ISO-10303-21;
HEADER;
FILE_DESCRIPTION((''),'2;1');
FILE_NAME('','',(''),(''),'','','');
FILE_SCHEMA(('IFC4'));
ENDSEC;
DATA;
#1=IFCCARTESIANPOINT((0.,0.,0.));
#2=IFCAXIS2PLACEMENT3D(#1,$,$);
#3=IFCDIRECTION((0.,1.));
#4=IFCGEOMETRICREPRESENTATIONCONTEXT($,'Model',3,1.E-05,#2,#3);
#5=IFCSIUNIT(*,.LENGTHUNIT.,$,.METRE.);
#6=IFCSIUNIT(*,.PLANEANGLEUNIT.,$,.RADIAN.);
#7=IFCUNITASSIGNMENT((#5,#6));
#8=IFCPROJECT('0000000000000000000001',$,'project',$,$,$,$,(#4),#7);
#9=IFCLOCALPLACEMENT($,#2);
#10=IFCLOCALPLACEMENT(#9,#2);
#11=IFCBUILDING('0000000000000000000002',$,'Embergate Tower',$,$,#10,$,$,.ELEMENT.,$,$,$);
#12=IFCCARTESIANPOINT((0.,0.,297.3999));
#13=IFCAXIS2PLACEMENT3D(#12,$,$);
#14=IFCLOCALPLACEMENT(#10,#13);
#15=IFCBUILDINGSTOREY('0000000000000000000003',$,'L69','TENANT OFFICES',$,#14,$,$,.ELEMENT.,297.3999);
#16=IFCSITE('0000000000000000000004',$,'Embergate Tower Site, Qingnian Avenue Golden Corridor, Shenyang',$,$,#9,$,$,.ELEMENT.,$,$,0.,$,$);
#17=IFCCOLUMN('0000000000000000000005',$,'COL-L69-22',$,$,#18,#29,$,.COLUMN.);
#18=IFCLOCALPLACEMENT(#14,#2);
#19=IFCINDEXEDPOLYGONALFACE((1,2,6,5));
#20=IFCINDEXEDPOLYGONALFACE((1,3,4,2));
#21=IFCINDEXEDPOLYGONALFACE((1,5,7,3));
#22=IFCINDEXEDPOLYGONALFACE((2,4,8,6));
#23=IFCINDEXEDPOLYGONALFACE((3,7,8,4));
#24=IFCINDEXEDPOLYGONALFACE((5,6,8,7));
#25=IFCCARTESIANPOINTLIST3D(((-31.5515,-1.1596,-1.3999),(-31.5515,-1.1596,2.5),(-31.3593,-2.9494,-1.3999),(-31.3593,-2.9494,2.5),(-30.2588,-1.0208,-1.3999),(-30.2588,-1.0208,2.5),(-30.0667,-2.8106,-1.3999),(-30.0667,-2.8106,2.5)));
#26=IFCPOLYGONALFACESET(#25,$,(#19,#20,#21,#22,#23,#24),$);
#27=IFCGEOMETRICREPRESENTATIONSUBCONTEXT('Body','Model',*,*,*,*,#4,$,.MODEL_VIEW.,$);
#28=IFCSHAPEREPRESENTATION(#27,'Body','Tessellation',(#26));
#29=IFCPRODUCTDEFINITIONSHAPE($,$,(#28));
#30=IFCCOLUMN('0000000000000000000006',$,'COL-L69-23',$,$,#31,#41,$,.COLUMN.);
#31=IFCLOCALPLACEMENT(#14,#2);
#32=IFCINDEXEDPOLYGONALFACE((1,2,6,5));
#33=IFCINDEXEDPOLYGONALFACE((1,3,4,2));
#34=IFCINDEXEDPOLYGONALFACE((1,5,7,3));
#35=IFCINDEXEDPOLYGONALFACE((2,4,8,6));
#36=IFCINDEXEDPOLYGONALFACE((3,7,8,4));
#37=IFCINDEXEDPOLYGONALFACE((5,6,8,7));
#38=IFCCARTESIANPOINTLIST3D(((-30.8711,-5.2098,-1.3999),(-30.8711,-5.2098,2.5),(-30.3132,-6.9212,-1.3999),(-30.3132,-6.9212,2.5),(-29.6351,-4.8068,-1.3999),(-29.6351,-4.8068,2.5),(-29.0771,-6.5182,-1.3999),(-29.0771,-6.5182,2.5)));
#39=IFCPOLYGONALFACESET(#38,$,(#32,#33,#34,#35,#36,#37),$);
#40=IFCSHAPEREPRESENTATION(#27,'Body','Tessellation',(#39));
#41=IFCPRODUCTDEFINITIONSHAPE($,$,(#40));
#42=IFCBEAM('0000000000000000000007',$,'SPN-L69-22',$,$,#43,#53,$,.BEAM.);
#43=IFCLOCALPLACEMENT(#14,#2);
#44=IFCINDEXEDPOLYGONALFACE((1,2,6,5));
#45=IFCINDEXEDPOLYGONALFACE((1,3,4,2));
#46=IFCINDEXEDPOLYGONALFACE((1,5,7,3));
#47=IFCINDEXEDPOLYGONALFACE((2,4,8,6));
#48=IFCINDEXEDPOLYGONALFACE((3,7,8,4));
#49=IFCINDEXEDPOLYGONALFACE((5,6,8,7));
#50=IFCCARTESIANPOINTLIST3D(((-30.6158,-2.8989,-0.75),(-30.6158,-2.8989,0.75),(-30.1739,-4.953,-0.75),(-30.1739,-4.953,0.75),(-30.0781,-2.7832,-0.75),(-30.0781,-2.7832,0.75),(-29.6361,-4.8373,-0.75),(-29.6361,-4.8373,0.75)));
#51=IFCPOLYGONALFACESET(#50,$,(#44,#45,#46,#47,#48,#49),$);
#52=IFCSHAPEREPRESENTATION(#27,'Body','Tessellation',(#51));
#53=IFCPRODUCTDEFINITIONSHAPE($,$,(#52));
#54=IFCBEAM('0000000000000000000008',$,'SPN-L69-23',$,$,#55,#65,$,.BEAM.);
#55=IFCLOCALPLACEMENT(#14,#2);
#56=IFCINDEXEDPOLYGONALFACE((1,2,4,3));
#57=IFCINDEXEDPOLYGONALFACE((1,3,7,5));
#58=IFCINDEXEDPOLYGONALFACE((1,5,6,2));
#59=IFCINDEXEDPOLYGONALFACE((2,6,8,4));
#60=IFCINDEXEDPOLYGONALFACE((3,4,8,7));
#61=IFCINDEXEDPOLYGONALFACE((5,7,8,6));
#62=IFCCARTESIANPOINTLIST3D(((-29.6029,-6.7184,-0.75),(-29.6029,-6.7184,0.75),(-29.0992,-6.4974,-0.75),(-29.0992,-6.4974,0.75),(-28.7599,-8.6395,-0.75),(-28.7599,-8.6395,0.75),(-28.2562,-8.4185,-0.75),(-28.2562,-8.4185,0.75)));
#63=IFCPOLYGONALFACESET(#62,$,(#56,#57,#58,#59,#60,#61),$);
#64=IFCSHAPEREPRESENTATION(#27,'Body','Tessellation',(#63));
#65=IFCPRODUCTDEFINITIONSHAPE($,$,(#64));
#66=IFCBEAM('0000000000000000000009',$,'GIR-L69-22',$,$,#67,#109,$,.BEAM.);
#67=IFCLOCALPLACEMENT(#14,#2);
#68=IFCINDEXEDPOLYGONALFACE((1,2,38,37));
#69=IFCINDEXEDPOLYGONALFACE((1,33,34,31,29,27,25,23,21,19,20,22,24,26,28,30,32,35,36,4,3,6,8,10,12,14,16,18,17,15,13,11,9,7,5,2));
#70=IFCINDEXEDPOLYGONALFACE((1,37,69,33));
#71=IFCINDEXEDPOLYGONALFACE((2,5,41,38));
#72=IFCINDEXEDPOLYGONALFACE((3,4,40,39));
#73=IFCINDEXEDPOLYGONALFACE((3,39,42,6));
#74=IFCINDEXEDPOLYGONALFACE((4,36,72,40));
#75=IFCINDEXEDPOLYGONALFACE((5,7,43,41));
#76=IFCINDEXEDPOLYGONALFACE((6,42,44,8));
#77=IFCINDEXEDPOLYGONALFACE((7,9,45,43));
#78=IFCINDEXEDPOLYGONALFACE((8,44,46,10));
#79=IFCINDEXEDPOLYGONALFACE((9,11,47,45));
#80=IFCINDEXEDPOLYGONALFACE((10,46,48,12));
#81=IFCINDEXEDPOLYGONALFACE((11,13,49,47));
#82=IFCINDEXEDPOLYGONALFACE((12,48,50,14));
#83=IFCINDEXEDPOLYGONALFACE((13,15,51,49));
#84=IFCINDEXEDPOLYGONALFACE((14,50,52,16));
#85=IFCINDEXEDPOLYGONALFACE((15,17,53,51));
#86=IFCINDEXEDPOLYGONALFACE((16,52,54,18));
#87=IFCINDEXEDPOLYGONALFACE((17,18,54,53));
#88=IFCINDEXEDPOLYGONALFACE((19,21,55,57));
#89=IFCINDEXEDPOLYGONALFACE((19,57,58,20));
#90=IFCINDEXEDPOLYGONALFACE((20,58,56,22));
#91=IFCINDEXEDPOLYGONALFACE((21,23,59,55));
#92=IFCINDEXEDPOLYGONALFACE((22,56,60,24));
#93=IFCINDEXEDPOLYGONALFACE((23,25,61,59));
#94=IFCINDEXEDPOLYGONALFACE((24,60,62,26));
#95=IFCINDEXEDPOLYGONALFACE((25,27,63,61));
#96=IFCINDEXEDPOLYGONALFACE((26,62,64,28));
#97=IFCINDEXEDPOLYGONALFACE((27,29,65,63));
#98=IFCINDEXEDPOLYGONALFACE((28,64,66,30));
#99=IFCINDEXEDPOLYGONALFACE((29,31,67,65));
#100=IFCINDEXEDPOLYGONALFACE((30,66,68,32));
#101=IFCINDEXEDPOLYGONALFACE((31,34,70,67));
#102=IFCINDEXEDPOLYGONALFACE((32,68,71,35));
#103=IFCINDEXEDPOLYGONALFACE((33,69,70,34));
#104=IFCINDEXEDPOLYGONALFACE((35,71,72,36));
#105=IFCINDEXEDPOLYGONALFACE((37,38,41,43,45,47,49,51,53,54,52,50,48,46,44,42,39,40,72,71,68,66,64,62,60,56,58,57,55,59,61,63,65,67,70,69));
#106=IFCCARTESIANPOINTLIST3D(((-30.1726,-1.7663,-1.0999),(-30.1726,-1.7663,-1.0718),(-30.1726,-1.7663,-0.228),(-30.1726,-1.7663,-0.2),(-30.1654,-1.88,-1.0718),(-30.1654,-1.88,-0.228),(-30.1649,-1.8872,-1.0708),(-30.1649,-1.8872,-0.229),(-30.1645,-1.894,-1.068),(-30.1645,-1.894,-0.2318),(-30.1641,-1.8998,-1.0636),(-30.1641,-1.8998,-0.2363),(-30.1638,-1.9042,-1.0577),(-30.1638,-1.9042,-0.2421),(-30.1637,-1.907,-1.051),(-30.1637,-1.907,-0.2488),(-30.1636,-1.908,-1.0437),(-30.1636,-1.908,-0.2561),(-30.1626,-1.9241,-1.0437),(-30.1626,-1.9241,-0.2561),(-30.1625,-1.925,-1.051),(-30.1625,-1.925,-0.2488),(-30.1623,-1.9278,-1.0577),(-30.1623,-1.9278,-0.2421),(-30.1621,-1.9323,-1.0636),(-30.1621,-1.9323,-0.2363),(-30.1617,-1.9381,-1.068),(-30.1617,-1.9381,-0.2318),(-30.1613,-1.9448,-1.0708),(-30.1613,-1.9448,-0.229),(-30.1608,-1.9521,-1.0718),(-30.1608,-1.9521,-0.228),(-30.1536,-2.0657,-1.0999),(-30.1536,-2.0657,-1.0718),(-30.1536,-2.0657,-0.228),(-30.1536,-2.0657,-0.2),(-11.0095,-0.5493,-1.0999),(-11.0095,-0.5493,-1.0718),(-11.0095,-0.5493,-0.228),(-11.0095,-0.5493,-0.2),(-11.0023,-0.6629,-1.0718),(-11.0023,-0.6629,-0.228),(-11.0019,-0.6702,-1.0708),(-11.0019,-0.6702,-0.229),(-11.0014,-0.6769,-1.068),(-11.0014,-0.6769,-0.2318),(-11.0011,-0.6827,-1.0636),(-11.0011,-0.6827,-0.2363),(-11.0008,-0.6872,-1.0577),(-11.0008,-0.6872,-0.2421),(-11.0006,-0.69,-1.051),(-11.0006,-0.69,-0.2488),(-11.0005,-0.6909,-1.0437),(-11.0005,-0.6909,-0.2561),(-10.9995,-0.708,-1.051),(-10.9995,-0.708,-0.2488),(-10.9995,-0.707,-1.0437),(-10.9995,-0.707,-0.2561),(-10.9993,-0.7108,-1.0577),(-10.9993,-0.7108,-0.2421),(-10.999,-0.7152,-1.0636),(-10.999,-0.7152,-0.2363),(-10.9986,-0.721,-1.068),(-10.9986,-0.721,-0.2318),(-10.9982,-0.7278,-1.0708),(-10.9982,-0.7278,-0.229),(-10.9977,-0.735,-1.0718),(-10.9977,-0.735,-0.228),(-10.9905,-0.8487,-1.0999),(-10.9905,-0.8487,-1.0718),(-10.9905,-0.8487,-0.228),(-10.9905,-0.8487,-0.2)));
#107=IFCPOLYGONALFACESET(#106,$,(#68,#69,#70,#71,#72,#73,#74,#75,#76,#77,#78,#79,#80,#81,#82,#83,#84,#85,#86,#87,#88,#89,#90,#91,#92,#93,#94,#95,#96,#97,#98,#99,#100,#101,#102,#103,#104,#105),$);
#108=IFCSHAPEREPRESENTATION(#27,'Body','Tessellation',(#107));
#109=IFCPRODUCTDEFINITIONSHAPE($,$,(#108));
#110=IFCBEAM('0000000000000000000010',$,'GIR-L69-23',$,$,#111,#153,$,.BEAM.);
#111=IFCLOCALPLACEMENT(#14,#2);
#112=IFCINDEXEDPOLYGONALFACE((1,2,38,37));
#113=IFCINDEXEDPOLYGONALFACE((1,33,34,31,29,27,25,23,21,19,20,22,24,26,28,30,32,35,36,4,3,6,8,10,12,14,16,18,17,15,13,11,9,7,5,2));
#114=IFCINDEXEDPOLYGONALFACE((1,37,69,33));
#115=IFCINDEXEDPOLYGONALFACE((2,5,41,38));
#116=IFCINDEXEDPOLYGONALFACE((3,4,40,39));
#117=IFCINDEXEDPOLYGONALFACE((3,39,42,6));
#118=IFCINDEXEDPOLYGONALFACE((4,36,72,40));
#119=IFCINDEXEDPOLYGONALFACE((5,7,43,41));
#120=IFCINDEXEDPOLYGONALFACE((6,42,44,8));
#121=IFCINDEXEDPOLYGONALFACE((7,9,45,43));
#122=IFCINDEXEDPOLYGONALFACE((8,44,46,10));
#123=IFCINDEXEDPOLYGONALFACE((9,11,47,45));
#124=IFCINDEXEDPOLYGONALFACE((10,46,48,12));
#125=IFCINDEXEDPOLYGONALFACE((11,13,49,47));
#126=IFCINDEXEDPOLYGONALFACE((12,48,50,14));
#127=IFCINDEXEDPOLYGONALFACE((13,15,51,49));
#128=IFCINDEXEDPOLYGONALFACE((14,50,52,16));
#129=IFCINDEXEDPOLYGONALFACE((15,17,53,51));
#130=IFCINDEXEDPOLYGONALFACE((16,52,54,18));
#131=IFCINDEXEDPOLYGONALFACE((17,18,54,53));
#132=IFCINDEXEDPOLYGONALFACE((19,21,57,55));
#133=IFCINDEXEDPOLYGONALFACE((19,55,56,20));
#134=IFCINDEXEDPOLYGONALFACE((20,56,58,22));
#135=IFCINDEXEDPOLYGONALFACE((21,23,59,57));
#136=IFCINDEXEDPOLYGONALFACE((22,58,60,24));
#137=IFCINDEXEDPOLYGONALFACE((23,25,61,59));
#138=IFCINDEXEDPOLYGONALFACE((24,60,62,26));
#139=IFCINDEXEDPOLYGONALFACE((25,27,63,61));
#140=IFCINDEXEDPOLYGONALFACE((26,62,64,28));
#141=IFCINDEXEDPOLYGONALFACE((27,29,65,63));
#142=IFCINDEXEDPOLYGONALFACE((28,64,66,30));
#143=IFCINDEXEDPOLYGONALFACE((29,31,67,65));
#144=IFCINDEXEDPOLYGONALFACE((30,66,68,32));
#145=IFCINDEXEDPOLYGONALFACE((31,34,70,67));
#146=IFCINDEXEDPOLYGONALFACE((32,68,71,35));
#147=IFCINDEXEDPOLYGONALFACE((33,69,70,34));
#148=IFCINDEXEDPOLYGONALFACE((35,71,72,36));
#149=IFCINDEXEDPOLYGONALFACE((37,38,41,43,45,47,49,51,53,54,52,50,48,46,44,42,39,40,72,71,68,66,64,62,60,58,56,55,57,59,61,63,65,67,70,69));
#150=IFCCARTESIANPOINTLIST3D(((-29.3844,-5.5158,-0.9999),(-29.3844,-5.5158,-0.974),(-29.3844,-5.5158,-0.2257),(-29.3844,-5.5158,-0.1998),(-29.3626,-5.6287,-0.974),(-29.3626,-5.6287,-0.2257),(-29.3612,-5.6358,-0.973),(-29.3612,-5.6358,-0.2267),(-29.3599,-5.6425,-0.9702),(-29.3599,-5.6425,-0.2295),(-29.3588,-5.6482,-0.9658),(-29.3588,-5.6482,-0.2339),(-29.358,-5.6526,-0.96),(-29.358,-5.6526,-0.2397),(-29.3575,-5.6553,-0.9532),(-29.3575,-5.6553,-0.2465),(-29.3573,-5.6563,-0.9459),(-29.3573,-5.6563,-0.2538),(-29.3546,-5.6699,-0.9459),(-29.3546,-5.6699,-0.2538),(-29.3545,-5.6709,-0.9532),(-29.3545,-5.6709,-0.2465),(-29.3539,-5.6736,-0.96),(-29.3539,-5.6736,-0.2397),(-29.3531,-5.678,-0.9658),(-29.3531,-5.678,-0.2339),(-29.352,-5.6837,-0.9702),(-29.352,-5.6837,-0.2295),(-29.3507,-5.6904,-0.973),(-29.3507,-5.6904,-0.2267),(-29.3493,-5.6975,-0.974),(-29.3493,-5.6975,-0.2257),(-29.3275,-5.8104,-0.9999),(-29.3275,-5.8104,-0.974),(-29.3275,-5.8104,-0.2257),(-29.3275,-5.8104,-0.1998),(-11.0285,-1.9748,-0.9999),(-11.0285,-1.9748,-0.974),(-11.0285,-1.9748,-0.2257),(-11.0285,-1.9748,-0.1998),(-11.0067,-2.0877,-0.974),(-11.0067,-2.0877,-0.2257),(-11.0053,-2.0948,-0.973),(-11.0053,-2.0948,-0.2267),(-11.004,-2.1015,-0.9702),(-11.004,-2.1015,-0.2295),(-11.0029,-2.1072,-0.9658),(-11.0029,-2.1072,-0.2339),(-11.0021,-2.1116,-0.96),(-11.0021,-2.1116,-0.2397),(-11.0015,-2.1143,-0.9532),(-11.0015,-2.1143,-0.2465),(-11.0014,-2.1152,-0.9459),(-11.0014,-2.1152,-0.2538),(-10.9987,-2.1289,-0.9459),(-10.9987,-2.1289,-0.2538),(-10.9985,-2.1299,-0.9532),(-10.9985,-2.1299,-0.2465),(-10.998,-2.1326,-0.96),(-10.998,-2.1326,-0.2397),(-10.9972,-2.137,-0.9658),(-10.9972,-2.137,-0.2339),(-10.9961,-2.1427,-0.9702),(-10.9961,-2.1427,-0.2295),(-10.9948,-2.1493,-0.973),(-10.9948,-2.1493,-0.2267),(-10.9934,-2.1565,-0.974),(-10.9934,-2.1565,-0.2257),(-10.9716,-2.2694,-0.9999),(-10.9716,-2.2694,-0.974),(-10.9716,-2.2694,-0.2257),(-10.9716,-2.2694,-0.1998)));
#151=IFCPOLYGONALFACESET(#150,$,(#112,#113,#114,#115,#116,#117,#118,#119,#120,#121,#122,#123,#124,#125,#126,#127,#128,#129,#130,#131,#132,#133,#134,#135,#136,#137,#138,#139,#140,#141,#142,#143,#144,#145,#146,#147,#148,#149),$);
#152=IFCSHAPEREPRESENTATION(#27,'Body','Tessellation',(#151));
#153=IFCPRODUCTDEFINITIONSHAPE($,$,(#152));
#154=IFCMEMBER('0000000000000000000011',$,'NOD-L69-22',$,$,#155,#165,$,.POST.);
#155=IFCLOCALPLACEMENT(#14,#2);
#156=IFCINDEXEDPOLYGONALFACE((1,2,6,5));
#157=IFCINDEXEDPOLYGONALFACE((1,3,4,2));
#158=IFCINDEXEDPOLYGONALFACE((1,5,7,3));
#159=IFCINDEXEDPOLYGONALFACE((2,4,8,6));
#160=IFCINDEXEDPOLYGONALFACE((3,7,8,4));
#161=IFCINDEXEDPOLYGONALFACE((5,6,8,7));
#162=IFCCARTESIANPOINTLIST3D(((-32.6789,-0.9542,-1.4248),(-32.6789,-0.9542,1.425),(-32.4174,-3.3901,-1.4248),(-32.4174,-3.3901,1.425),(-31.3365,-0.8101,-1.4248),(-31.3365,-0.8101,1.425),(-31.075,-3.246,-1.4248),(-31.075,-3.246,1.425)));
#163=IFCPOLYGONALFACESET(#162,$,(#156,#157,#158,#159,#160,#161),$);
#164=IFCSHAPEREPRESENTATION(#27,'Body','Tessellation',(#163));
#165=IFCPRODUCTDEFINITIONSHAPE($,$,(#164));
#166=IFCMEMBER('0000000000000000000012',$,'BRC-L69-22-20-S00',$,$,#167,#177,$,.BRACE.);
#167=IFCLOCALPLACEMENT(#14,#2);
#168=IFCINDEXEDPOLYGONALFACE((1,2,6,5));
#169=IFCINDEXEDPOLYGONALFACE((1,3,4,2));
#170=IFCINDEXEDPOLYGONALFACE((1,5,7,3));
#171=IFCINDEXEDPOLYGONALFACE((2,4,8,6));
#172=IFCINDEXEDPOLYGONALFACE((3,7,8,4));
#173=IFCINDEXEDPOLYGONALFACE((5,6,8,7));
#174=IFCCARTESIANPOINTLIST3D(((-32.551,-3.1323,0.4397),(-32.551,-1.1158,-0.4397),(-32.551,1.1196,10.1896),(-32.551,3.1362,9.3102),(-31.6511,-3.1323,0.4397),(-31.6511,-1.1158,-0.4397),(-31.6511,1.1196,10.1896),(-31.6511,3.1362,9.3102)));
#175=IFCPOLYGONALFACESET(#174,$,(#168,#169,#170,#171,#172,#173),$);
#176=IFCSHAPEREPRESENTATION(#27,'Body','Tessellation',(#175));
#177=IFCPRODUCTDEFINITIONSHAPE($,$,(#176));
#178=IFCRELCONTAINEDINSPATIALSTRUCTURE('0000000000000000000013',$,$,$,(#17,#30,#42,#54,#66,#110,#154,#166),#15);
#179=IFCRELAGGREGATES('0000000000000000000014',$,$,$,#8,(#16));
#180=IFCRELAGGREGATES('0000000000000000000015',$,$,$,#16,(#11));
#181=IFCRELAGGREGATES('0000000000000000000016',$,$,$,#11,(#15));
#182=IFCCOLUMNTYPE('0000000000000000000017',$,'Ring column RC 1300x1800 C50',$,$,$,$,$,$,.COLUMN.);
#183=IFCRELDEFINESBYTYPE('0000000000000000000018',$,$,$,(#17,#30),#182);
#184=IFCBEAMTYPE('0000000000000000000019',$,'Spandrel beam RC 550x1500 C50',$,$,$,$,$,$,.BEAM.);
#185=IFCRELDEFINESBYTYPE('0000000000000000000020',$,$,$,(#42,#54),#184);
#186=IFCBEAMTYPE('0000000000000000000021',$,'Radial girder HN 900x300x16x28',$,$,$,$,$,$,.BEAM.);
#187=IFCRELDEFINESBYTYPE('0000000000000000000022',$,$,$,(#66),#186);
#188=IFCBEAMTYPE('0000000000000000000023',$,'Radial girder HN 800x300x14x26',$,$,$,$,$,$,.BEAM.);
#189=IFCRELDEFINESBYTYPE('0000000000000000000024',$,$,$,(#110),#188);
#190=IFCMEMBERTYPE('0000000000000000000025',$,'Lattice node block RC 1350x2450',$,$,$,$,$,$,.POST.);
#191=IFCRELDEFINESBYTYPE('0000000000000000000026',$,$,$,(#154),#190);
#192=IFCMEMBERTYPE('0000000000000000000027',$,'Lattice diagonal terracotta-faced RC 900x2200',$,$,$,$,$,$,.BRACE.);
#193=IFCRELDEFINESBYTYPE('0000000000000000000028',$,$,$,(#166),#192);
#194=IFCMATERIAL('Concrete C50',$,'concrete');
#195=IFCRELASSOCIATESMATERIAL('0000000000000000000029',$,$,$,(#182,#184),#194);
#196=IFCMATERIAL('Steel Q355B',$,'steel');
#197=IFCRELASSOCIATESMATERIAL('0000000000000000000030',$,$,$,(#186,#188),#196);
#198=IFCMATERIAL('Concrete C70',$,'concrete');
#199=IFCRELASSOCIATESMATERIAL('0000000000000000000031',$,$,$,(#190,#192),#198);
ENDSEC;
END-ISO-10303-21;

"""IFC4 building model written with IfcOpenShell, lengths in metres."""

from ifc_helpers import new_model, si_unit, direction, frame, origin, origin_2d, place, context, subcontext, project, spatial, rectangle, i_section, extrude, source, transform, mapped, material, material_profile, profile_set, type_object, element, save


model = new_model("IFC4")

# Units and contexts
model_context = context("Model", 3, precision=1e-05, world=origin(), true_north=direction((0.0, 1.0)))
body_context = subcontext(model_context, "Body", "Model", "MODEL_VIEW")
ifc_project = project(units=[si_unit("LENGTHUNIT", "METRE"), si_unit("PLANEANGLEUNIT", "RADIAN")], contexts=[model_context])

# Site, building, storey
site_placement = place(None, origin())
site = spatial("IfcSite", under=ifc_project, at=site_placement, Name="Embergate Tower Site, Qingnian Avenue Golden Corridor, Shenyang", CompositionType="ELEMENT", RefElevation=0.0)
building_placement = place(site_placement, origin())
building = spatial("IfcBuilding", under=site, at=building_placement, Name="Embergate Tower", CompositionType="ELEMENT")
storey_placement = place(building_placement, frame((0.0, 0.0, 297.3999)))
storey = spatial("IfcBuildingStorey", under=building, at=storey_placement, Name="L69", Description="TENANT OFFICES", CompositionType="ELEMENT", Elevation=297.3999)

# Columns
ifc_material_1 = material(Name="Concrete C50", Category="concrete")
ifc_material_profile_1 = material_profile(ifc_material_1, rectangle(XDim=1.3, YDim=1.8, at=origin_2d()), Name="RC 1300x1800")
ifc_profile_set_1 = profile_set([ifc_material_profile_1], Name="Concrete C50")
column_type = type_object("IfcColumnType", Name="Ring column RC 1300x1800 C50", PredefinedType="COLUMN", material=ifc_profile_set_1)
shared_shape_1 = source(origin(), body_context, "Body", "SweptSolid", [
    extrude(rectangle(XDim=1.3, YDim=1.8, at=origin_2d()), origin(), (0.0, 0.0, 1.0), 3.8999),
])
for number, where, z_axis, x_axis, name in (
    (1, (-30.8091, -1.9851, -1.3999), (0.0, 0.0, 1.0), (-0.994286, -0.10675, 0.0), "COL-L69-22"),
    (2, (-29.9741, -5.864, -1.3999), (0.0, 0.0, 1.0), (-0.950754, -0.309946, 0.0), "COL-L69-23"),
):
    element("IfcColumn", number, at=place(storey_placement, frame(where, z_axis=z_axis, x_axis=x_axis)), inside=storey, type_object=column_type, Name=name, PredefinedType="COLUMN", context=body_context, shape_type="MappedRepresentation", body=[
        mapped(shared_shape_1, transform((0.0, 0.0, 0.0))),
    ])

# Beams
ifc_material_profile_2 = material_profile(ifc_material_1, rectangle(XDim=0.55, YDim=1.5, at=origin_2d()), Name="RC 550x1500")
ifc_profile_set_2 = profile_set([ifc_material_profile_2], Name="Concrete C50")
beam_type_1 = type_object("IfcBeamType", Name="Spandrel beam RC 550x1500 C50", PredefinedType="BEAM", material=ifc_profile_set_2)
shared_shape_2 = source(origin(), body_context, "Body", "SweptSolid", [
    extrude(rectangle(XDim=0.55, YDim=1.5, at=origin_2d()), origin(), (0.0, 0.0, 1.0), 2.1011),
])
beam_1_placement = place(storey_placement, frame((-30.3469, -2.8411, 0.0), z_axis=(0.210331, -0.97763, 0.0), x_axis=(0.97763, 0.210331, 0.0)))
element("IfcBeam", 3, at=beam_1_placement, inside=storey, type_object=beam_type_1, Name="SPN-L69-22", PredefinedType="BEAM", context=body_context, shape_type="MappedRepresentation", body=[
    mapped(shared_shape_2, transform((0.0, 0.0, 0.0))),
])
shared_shape_3 = source(origin(), body_context, "Body", "SweptSolid", [
    extrude(rectangle(XDim=0.55, YDim=1.5, at=origin_2d()), origin(), (0.0, 0.0, 1.0), 2.0979),
])
beam_2_placement = place(storey_placement, frame((-29.3511, -6.6079, 0.0), z_axis=(0.401826, -0.915716, 0.0), x_axis=(0.915716, 0.401826, 0.0)))
element("IfcBeam", 4, at=beam_2_placement, inside=storey, type_object=beam_type_1, Name="SPN-L69-23", PredefinedType="BEAM", context=body_context, shape_type="MappedRepresentation", body=[
    mapped(shared_shape_3, transform((0.0, 0.0, 0.0))),
])
ifc_material_2 = material(Name="Steel Q355B", Category="steel")
ifc_material_profile_3 = material_profile(ifc_material_2, i_section(OverallWidth=0.3, OverallDepth=0.8999, WebThickness=0.0161, FlangeThickness=0.0281, FilletRadius=0.0281, at=origin_2d()), Name="HN 900x300x16x28")
ifc_profile_set_3 = profile_set([ifc_material_profile_3], Name="Steel Q355 grade B")
beam_type_2 = type_object("IfcBeamType", Name="Radial girder HN 900x300x16x28", PredefinedType="BEAM", material=ifc_profile_set_3)
shared_shape_4 = source(origin(), body_context, "Body", "SweptSolid", [
    extrude(i_section(OverallWidth=0.3, OverallDepth=0.8999, WebThickness=0.0161, FlangeThickness=0.0281, FilletRadius=0.0281, at=origin_2d()), origin(), (0.0, 0.0, 1.0), 19.2017),
])
beam_3_placement = place(storey_placement, frame((-30.1631, -1.916, -0.6499), z_axis=(0.997989, 0.063382, 0.0), x_axis=(-0.063382, 0.997989, 0.0)))
element("IfcBeam", 5, at=beam_3_placement, inside=storey, type_object=beam_type_2, Name="GIR-L69-22", PredefinedType="BEAM", context=body_context, shape_type="MappedRepresentation", body=[
    mapped(shared_shape_4, transform((0.0, 0.0, 0.0))),
])
ifc_material_profile_4 = material_profile(ifc_material_2, i_section(OverallWidth=0.3, OverallDepth=0.8, WebThickness=0.0139, FlangeThickness=0.0259, FilletRadius=0.0281, at=origin_2d()), Name="HN 800x300x14x26")
ifc_profile_set_4 = profile_set([ifc_material_profile_4], Name="Steel Q355 grade B")
beam_type_3 = type_object("IfcBeamType", Name="Radial girder HN 800x300x14x26", PredefinedType="BEAM", material=ifc_profile_set_4)
shared_shape_5 = source(origin(), body_context, "Body", "SweptSolid", [
    extrude(i_section(OverallWidth=0.3, OverallDepth=0.8, WebThickness=0.0139, FlangeThickness=0.0259, FilletRadius=0.0281, at=origin_2d()), origin(), (0.0, 0.0, 1.0), 18.6943),
])
beam_4_placement = place(storey_placement, frame((-29.356, -5.6631, -0.5999), z_axis=(0.981897, 0.189416, 0.0), x_axis=(-0.189416, 0.981897, 0.0)))
element("IfcBeam", 6, at=beam_4_placement, inside=storey, type_object=beam_type_3, Name="GIR-L69-23", PredefinedType="BEAM", context=body_context, shape_type="MappedRepresentation", body=[
    mapped(shared_shape_5, transform((0.0, 0.0, 0.0))),
])

# Members
ifc_material_3 = material(Name="Concrete C70", Category="concrete")
ifc_material_profile_5 = material_profile(ifc_material_3, rectangle(XDim=1.3501, YDim=2.45, at=origin_2d()), Name="RC 1350x2450")
ifc_profile_set_5 = profile_set([ifc_material_profile_5], Name="Concrete C70")
member_type_1 = type_object("IfcMemberType", Name="Lattice node block RC 1350x2450", PredefinedType="POST", material=ifc_profile_set_5)
shared_shape_6 = source(origin(), body_context, "Body", "SweptSolid", [
    extrude(rectangle(XDim=1.3501, YDim=2.45, at=origin_2d()), origin(), (0.0, 0.0, 1.0), 2.8499),
])
member_1_placement = place(storey_placement, frame((-31.877, -2.1001, -1.4248), z_axis=(0.0, 0.0, 1.0), x_axis=(-0.994286, -0.10675, 0.0)))
element("IfcMember", 7, at=member_1_placement, inside=storey, type_object=member_type_1, Name="NOD-L69-22", PredefinedType="POST", context=body_context, shape_type="MappedRepresentation", body=[
    mapped(shared_shape_6, transform((0.0, 0.0, 0.0))),
])
ifc_material_profile_6 = material_profile(ifc_material_3, rectangle(XDim=0.8999, YDim=2.2, at=origin_2d()), Name="RC 900x2200")
ifc_profile_set_6 = profile_set([ifc_material_profile_6], Name="Concrete C70")
member_type_2 = type_object("IfcMemberType", Name="Lattice diagonal terracotta-faced RC 900x2200", PredefinedType="BRACE", material=ifc_profile_set_6)
shared_shape_7 = source(origin(), body_context, "Body", "SweptSolid", [
    extrude(rectangle(XDim=0.8999, YDim=2.2, at=origin_2d()), origin(), (0.0, 0.0, 1.0), 10.6367),
])
member_2_placement = place(storey_placement, frame((-32.1011, -2.124, 0.0), z_axis=(0.0, 0.39974, 0.916629), x_axis=(-1.0, 0.0, 0.0)))
element("IfcMember", 8, at=member_2_placement, inside=storey, type_object=member_type_2, Name="BRC-L69-22-20-S00", PredefinedType="BRACE", context=body_context, shape_type="MappedRepresentation", body=[
    mapped(shared_shape_7, transform((0.0, 0.0, 0.0))),
])

save(model, "model.ifc")
